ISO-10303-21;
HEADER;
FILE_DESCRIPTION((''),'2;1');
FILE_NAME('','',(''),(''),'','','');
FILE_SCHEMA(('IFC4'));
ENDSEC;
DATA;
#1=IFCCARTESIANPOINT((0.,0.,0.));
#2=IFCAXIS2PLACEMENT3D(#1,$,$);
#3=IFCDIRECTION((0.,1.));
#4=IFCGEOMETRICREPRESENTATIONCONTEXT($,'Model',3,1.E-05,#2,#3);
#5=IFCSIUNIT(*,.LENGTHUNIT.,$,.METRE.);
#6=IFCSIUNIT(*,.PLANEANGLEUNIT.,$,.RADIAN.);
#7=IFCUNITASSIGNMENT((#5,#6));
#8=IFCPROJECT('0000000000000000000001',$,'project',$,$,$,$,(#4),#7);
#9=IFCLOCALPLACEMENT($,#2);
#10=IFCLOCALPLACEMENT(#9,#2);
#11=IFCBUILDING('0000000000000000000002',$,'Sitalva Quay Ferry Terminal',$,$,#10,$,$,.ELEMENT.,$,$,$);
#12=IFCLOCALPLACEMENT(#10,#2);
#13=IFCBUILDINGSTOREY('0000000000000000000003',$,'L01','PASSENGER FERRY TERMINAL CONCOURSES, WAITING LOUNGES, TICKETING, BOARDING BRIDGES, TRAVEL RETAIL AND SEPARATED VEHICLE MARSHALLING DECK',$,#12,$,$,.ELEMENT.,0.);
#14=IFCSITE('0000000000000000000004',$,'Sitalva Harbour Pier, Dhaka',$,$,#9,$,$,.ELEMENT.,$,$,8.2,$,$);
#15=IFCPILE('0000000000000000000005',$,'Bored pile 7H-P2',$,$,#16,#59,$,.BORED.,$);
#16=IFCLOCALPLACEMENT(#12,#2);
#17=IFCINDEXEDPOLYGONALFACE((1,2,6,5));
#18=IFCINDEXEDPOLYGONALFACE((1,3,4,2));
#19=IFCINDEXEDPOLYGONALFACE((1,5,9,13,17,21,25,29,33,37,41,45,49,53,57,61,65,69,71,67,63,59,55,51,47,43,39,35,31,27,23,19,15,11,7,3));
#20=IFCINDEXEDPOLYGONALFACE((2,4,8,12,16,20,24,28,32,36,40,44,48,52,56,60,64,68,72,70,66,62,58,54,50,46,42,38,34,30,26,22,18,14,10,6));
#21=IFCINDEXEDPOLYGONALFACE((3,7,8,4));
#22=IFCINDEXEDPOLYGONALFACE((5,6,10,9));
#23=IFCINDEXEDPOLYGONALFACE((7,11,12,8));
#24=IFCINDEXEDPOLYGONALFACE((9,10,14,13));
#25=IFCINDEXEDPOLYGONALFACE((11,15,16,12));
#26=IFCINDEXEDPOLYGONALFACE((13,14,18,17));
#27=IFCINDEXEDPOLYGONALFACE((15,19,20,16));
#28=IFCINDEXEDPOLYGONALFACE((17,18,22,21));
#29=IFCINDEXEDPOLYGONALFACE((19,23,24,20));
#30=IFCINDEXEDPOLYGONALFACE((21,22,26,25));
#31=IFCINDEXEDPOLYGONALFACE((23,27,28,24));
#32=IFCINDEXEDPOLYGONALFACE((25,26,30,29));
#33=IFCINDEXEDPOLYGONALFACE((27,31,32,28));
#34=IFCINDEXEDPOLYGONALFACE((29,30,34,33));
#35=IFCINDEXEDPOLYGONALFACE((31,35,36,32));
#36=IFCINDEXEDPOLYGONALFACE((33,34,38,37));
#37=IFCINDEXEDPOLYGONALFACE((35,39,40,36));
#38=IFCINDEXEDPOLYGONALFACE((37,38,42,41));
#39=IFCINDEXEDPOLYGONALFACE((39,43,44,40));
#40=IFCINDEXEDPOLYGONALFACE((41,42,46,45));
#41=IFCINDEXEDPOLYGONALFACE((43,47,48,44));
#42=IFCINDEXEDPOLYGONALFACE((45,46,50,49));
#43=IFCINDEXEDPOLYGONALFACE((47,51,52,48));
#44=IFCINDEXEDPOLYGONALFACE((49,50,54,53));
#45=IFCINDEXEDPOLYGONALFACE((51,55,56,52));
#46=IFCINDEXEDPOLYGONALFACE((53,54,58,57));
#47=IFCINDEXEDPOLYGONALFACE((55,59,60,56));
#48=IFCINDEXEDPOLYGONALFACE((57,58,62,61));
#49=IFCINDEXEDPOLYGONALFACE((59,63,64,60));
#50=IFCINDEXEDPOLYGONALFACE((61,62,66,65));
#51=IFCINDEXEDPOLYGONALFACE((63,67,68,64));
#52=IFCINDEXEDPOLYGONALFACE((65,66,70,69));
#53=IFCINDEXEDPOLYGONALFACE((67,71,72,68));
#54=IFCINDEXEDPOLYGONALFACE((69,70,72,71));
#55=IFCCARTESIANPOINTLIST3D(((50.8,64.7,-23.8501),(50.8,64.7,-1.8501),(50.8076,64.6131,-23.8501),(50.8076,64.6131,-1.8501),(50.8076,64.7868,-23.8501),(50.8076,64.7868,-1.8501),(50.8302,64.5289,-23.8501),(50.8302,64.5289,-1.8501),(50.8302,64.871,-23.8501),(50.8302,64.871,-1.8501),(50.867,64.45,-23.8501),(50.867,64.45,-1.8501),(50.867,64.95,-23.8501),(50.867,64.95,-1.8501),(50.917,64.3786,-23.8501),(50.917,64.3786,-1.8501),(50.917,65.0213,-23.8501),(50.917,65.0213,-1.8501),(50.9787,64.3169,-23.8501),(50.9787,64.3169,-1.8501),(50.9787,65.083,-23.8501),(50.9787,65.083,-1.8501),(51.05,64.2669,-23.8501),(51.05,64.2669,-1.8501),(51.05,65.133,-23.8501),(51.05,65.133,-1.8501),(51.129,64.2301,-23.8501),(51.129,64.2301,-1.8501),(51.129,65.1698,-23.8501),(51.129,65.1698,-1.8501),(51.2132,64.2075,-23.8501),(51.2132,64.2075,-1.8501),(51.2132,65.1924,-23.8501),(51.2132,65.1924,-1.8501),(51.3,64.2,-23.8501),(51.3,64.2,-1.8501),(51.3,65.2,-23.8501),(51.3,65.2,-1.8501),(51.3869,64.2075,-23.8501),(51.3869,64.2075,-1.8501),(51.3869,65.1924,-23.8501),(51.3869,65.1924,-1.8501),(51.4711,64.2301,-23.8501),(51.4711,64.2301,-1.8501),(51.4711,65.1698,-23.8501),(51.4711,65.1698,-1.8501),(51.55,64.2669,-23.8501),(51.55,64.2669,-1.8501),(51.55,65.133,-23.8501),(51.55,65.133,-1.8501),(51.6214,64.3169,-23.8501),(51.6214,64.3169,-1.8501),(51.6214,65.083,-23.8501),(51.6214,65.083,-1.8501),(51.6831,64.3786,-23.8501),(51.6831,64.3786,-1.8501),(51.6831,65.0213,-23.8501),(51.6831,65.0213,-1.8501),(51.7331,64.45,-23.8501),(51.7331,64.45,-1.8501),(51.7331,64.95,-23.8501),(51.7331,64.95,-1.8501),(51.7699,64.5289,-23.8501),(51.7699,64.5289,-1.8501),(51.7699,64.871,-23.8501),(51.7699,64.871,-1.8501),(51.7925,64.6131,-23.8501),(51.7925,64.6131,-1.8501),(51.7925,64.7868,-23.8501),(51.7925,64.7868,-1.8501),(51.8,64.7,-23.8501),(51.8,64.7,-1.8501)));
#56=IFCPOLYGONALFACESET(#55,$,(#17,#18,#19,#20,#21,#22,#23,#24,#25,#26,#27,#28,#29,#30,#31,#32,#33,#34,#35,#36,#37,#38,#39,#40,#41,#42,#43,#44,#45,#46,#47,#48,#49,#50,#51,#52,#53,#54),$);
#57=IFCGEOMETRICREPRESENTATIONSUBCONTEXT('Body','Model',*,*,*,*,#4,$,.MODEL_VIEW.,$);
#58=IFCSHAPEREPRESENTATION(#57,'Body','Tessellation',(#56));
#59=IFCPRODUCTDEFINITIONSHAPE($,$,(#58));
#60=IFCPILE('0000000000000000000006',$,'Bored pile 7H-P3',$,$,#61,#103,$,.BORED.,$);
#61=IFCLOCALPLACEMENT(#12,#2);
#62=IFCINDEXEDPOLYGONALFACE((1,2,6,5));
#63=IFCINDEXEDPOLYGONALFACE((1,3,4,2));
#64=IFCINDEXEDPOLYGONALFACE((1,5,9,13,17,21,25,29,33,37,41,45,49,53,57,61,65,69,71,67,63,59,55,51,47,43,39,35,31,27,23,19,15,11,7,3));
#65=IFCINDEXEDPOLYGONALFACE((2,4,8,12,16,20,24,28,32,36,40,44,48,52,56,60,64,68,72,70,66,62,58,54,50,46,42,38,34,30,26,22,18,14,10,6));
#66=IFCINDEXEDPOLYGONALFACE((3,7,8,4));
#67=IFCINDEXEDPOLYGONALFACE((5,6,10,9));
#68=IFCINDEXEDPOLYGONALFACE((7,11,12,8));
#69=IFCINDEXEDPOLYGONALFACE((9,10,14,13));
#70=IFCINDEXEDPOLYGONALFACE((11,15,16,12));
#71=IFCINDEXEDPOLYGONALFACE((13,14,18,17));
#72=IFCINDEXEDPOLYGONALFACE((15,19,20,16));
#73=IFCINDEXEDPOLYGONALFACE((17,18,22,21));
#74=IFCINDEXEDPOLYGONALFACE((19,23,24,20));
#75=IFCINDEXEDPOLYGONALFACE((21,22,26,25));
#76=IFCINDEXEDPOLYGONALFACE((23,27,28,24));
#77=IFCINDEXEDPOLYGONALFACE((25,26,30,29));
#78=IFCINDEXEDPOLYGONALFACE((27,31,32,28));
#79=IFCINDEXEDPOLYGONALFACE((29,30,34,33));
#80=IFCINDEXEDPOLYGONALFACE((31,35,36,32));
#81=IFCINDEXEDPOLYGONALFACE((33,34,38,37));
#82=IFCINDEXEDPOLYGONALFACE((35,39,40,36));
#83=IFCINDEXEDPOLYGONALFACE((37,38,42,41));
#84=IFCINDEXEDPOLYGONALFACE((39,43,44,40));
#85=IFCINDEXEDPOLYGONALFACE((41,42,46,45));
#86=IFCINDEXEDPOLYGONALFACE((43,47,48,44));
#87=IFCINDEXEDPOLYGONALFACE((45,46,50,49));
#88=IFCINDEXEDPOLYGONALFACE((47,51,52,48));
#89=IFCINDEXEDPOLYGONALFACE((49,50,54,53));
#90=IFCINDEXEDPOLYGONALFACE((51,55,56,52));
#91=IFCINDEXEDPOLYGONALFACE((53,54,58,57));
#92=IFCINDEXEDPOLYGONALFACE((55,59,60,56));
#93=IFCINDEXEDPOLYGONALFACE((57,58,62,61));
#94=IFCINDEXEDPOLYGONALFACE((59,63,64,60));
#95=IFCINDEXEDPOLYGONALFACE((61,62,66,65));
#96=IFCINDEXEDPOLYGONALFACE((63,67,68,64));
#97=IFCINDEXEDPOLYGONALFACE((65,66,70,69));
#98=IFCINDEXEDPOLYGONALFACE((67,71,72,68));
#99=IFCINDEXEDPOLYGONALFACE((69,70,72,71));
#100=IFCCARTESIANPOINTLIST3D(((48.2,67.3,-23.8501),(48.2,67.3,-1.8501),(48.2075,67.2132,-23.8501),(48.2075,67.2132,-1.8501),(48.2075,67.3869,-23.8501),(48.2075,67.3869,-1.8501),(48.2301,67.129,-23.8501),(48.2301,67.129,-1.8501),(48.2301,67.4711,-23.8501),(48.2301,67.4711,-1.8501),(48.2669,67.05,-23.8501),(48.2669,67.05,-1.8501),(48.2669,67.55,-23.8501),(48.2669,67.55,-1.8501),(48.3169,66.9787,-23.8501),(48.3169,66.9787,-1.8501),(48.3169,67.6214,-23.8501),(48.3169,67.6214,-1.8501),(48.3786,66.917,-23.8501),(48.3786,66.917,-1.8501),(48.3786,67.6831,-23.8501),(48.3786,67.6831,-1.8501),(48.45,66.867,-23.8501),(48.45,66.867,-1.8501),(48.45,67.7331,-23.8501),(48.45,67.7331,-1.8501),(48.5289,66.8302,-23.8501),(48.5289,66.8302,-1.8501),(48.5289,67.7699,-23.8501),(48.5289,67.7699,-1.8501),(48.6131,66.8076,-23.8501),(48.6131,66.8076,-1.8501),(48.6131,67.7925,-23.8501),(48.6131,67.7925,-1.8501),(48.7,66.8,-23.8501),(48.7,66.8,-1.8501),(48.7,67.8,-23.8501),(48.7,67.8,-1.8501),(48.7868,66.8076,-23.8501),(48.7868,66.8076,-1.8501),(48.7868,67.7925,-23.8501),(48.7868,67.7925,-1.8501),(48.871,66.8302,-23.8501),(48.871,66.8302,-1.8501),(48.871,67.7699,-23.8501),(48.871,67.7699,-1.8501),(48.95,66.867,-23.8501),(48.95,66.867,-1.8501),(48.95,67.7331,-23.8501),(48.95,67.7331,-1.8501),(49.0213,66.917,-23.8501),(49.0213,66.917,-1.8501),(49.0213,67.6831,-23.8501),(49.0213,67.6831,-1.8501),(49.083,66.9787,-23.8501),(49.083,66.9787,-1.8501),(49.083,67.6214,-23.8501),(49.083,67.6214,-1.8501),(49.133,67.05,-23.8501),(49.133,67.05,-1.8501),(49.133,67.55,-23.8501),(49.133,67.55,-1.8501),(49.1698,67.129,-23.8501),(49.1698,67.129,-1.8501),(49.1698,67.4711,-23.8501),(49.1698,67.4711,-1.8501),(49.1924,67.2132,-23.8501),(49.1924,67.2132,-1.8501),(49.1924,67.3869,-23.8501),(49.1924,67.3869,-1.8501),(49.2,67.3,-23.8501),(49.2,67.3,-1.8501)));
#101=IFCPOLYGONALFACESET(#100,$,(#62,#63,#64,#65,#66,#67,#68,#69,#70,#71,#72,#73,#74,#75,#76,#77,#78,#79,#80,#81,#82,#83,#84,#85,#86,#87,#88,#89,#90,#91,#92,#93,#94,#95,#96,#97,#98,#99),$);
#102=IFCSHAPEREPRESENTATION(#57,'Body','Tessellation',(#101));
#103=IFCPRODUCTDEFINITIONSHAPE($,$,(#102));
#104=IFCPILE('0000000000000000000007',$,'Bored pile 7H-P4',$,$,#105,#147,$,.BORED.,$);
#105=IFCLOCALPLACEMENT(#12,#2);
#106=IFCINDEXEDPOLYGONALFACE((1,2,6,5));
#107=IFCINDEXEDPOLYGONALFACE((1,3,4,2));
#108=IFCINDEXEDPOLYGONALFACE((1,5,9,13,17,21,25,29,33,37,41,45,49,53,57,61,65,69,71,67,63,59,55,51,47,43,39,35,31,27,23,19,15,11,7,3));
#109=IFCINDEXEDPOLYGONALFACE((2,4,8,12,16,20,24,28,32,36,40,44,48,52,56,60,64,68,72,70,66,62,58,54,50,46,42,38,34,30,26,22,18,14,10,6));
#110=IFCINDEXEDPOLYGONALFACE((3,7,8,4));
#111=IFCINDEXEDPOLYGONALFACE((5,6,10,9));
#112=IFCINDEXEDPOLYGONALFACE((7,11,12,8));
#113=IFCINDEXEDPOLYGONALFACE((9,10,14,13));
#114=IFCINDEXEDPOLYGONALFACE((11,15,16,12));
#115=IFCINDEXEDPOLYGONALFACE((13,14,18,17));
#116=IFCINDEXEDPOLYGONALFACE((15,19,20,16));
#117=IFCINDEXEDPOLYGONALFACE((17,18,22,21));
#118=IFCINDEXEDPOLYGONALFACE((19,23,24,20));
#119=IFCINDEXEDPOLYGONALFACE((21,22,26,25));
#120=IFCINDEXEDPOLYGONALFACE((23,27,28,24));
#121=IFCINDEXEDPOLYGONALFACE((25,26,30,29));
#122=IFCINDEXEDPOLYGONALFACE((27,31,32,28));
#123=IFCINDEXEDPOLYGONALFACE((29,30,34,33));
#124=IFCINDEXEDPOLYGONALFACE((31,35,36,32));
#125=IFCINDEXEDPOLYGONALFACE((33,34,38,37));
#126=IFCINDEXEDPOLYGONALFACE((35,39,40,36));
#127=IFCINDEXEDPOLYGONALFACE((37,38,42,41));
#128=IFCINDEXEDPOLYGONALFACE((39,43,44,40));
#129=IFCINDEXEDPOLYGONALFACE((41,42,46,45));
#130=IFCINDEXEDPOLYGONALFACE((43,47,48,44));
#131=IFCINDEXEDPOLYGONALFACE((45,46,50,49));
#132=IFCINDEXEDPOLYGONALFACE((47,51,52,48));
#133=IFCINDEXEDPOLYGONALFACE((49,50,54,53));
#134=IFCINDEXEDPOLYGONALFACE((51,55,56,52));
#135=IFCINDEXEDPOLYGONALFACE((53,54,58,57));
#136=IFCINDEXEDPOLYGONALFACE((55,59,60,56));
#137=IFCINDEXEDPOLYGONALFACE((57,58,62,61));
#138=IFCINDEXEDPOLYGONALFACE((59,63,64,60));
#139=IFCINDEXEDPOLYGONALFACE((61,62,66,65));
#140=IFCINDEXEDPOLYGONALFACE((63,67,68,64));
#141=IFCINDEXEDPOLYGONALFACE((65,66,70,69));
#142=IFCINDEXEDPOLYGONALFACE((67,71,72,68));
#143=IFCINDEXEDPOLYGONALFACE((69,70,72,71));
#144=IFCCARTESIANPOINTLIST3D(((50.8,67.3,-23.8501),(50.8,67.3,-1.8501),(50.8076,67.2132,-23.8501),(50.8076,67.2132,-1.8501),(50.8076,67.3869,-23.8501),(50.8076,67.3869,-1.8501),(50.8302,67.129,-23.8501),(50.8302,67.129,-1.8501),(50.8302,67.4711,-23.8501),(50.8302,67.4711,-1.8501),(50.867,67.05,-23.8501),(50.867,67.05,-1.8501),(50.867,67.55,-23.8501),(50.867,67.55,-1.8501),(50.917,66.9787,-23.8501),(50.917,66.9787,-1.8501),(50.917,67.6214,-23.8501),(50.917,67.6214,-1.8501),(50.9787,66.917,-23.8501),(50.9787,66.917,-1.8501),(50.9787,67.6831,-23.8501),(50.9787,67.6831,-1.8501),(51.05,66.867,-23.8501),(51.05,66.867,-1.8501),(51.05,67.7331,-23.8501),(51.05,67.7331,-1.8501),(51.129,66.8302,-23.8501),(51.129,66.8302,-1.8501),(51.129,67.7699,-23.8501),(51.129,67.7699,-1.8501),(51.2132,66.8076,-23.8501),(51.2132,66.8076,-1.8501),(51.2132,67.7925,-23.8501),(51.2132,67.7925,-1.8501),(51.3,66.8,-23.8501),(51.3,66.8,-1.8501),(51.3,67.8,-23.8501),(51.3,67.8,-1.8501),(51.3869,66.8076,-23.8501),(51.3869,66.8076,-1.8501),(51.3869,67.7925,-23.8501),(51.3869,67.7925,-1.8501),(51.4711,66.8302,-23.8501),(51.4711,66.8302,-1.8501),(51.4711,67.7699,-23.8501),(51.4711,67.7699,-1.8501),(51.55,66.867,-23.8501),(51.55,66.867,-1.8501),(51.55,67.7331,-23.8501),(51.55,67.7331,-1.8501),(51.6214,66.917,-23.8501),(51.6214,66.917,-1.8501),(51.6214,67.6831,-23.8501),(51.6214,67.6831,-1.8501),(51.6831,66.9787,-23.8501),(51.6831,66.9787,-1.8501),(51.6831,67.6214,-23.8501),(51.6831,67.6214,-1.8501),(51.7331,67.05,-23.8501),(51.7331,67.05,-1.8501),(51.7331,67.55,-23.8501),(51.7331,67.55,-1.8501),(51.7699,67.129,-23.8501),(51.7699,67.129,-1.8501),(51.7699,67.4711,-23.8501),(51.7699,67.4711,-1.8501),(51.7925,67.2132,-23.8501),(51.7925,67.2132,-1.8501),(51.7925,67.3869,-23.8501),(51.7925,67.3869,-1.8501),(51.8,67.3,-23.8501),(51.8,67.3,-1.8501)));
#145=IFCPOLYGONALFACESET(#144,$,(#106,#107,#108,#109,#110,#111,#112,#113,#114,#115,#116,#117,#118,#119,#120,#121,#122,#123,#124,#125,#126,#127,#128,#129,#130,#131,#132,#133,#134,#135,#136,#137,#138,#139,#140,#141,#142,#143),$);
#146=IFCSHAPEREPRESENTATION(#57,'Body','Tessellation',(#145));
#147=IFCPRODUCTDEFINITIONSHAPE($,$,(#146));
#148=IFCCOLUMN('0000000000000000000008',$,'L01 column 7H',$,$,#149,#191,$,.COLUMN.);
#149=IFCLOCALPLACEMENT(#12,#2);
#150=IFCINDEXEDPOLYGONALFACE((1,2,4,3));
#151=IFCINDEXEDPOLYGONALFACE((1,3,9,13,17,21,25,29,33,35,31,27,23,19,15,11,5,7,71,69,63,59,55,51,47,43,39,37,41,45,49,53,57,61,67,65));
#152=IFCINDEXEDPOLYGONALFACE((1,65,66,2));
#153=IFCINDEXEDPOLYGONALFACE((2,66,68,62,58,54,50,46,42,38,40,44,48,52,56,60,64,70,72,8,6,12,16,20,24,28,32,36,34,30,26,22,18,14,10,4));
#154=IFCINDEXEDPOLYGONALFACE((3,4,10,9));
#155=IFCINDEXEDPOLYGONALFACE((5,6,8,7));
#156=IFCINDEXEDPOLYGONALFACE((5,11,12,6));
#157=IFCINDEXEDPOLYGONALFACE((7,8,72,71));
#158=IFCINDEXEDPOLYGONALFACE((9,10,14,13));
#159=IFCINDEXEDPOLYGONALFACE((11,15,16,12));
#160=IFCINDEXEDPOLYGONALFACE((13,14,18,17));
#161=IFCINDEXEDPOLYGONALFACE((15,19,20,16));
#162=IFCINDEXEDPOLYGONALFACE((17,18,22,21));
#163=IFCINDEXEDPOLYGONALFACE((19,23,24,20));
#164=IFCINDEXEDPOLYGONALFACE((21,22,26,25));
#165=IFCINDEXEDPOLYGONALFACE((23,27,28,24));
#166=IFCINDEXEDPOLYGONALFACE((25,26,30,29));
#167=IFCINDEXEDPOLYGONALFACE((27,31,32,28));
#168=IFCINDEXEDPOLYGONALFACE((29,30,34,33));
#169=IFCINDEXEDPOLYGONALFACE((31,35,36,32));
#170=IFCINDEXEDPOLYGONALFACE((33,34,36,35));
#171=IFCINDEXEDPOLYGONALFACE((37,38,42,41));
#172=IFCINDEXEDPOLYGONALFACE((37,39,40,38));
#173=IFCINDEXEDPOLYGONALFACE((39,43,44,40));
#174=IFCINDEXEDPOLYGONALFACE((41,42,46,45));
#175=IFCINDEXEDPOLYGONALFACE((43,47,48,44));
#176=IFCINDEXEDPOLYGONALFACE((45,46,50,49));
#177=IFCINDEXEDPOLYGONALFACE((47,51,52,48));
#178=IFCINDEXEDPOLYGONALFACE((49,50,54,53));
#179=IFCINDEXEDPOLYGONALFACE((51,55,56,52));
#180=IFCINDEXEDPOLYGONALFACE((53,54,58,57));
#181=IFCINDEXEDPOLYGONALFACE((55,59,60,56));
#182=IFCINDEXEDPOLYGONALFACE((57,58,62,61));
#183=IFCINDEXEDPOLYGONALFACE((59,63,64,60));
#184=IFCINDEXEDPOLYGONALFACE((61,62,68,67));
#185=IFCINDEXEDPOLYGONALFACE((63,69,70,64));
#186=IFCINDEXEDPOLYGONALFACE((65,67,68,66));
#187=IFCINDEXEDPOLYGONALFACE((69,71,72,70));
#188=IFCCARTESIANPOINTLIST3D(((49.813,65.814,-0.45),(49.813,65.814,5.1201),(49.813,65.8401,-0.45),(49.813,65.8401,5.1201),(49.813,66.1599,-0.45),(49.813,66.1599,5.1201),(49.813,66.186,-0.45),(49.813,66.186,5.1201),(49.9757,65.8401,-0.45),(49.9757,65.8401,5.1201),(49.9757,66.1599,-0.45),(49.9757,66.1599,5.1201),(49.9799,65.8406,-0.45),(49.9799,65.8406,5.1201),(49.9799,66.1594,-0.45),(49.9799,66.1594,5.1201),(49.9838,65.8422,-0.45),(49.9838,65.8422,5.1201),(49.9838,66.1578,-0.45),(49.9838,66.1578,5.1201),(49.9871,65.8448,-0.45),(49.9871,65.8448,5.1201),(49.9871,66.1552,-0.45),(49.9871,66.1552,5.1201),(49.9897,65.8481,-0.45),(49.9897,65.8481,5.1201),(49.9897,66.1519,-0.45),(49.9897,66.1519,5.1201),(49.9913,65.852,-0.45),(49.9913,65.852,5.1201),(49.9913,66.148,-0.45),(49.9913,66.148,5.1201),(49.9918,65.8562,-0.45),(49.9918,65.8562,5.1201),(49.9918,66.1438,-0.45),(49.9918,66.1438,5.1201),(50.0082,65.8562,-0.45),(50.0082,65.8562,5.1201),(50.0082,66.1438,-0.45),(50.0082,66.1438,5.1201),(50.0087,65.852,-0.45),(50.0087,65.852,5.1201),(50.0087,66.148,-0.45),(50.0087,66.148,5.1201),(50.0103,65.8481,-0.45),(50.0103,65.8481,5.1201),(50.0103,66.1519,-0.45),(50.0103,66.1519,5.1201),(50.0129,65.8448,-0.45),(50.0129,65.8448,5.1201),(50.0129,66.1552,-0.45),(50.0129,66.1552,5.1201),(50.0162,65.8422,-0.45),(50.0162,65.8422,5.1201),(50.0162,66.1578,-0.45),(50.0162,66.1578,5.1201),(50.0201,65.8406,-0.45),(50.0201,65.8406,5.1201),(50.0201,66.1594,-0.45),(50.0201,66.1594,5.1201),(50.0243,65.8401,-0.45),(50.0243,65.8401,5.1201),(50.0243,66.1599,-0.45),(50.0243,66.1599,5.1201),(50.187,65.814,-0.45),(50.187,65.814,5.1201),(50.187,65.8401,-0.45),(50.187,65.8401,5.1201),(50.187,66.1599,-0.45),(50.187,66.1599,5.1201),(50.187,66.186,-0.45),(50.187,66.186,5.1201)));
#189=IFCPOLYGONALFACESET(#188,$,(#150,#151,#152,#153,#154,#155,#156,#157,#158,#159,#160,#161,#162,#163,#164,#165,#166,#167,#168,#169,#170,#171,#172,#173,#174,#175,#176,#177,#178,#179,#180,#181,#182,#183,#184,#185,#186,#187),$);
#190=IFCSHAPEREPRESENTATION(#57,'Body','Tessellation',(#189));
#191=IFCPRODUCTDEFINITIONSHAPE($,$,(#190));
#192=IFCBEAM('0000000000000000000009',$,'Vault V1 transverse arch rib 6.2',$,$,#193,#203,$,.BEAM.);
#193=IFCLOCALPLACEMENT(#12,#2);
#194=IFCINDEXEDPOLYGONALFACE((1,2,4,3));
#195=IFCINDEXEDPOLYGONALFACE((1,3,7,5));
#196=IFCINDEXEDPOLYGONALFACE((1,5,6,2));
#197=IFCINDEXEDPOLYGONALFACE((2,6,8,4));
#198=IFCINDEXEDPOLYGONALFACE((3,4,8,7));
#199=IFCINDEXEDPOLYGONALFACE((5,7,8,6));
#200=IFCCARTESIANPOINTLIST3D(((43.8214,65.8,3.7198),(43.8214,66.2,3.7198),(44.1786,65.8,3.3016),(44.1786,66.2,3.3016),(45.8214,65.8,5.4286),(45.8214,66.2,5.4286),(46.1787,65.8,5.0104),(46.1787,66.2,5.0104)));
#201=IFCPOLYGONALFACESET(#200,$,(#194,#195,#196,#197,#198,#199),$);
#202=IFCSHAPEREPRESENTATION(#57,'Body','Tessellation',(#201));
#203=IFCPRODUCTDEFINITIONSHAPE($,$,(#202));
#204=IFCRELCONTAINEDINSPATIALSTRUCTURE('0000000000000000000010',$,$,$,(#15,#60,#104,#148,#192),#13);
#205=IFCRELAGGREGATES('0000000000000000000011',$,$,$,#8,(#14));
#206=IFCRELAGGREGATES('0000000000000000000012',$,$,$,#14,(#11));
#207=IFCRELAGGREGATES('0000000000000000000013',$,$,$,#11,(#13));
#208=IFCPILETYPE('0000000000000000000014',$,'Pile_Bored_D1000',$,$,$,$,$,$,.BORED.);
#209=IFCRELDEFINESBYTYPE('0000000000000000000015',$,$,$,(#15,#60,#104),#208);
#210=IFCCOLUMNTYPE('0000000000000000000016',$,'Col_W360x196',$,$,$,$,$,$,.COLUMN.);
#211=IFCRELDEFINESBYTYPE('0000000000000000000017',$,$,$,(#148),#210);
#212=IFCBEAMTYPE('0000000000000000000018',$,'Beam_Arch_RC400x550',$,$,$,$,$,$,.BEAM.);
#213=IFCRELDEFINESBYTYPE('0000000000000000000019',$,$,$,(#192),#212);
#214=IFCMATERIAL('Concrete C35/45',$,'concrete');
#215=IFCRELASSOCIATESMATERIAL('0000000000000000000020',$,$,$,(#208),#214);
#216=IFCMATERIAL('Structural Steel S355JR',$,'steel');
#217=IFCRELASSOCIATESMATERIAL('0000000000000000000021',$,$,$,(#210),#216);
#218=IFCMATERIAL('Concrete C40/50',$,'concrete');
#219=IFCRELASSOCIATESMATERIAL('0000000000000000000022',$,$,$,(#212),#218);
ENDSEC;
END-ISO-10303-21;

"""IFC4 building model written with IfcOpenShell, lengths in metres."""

from ifc_helpers import new_model, si_unit, direction, frame, origin, origin_2d, place, context, subcontext, project, spatial, rectangle, circle, i_section, extrude, material, material_profile, profile_set, type_object, element, save


model = new_model("IFC4")

# Units and contexts
model_context = context("Model", 3, precision=1e-05, world=origin(), true_north=direction((0.0, 1.0)))
body_context = subcontext(model_context, "Body", "Model", "MODEL_VIEW")
ifc_project = project(units=[si_unit("LENGTHUNIT", "METRE"), si_unit("PLANEANGLEUNIT", "RADIAN")], contexts=[model_context])

# Site, building, storey
site_placement = place(None, origin())
site = spatial("IfcSite", under=ifc_project, at=site_placement, Name="Sitalva Harbour Pier, Dhaka", CompositionType="ELEMENT", RefElevation=8.2)
building_placement = place(site_placement, origin())
building = spatial("IfcBuilding", under=site, at=building_placement, Name="Sitalva Quay Ferry Terminal", CompositionType="ELEMENT")
storey_placement = place(building_placement, origin())
storey = spatial("IfcBuildingStorey", under=building, at=storey_placement, Name="L01", Description="PASSENGER FERRY TERMINAL CONCOURSES, WAITING LOUNGES, TICKETING, BOARDING BRIDGES, TRAVEL RETAIL AND SEPARATED VEHICLE MARSHALLING DECK", CompositionType="ELEMENT", Elevation=0.0)

# Piles
ifc_material_1 = material(Name="Concrete C35/45", Category="concrete")
ifc_material_profile_1 = material_profile(ifc_material_1, circle(Radius=0.5, at=origin_2d()), Name="PILE-D1000")
ifc_profile_set_1 = profile_set([ifc_material_profile_1], Name="Concrete C35/45")
pile_type = type_object("IfcPileType", Name="Pile_Bored_D1000", PredefinedType="BORED", material=ifc_profile_set_1)
for number, where, z_axis, x_axis, name in (
    (1, (51.3, 64.7, -1.8501), (0.0, 0.0, -1.0), (1.0, 0.0, 0.0), "Bored pile 7H-P2"),
    (2, (48.7, 67.3, -1.8501), (0.0, 0.0, -1.0), (1.0, 0.0, 0.0), "Bored pile 7H-P3"),
    (3, (51.3, 67.3, -1.8501), (0.0, 0.0, -1.0), (1.0, 0.0, 0.0), "Bored pile 7H-P4"),
):
    element("IfcPile", number, at=place(storey_placement, frame(where, z_axis=z_axis, x_axis=x_axis)), inside=storey, type_object=pile_type, Name=name, PredefinedType="BORED", context=body_context, shape_type="SweptSolid", body=[
        extrude(circle(Radius=0.5, at=origin_2d()), origin(), (0.0, 0.0, 1.0), 22.0),
    ])

# Column
ifc_material_2 = material(Name="Structural Steel S355JR", Category="steel")
ifc_material_profile_2 = material_profile(ifc_material_2, i_section(OverallWidth=0.374, OverallDepth=0.3721, WebThickness=0.0164, FlangeThickness=0.0261, FilletRadius=0.0161, at=origin_2d()), Name="W360x196")
ifc_profile_set_2 = profile_set([ifc_material_profile_2], Name="Structural Steel S355JR")
column_type = type_object("IfcColumnType", Name="Col_W360x196", PredefinedType="COLUMN", material=ifc_profile_set_2)
column_placement = place(storey_placement, frame((50.0, 66.0, -0.45), z_axis=(0.0, 0.0, 1.0), x_axis=(1.0, 0.0, 0.0)))
element("IfcColumn", 4, at=column_placement, inside=storey, type_object=column_type, Name="L01 column 7H", PredefinedType="COLUMN", context=body_context, shape_type="SweptSolid", body=[
    extrude(i_section(OverallWidth=0.374, OverallDepth=0.3721, WebThickness=0.0164, FlangeThickness=0.0261, FilletRadius=0.0161, at=origin_2d()), origin(), (0.0, 0.0, 1.0), 5.5701),
])

# Beam
ifc_material_3 = material(Name="Concrete C40/50", Category="concrete")
ifc_material_profile_3 = material_profile(ifc_material_3, rectangle(XDim=0.3999, YDim=0.55, at=origin_2d()), Name="RC400x550")
ifc_profile_set_3 = profile_set([ifc_material_profile_3], Name="Concrete C40/50")
beam_type_1 = type_object("IfcBeamType", Name="Beam_Arch_RC400x550", PredefinedType="BEAM", material=ifc_profile_set_3)
beam_1_placement = place(storey_placement, frame((44.0, 66.0, 3.5107), z_axis=(0.760297, 0.0, 0.649575), x_axis=(0.0, 1.0, 0.0)))
element("IfcBeam", 5, at=beam_1_placement, inside=storey, type_object=beam_type_1, Name="Vault V1 transverse arch rib 6.2", PredefinedType="BEAM", context=body_context, shape_type="SweptSolid", body=[
    extrude(rectangle(XDim=0.3999, YDim=0.55, at=origin_2d()), origin(), (0.0, 0.0, 1.0), 2.6306),
])

save(model, "model.ifc")
